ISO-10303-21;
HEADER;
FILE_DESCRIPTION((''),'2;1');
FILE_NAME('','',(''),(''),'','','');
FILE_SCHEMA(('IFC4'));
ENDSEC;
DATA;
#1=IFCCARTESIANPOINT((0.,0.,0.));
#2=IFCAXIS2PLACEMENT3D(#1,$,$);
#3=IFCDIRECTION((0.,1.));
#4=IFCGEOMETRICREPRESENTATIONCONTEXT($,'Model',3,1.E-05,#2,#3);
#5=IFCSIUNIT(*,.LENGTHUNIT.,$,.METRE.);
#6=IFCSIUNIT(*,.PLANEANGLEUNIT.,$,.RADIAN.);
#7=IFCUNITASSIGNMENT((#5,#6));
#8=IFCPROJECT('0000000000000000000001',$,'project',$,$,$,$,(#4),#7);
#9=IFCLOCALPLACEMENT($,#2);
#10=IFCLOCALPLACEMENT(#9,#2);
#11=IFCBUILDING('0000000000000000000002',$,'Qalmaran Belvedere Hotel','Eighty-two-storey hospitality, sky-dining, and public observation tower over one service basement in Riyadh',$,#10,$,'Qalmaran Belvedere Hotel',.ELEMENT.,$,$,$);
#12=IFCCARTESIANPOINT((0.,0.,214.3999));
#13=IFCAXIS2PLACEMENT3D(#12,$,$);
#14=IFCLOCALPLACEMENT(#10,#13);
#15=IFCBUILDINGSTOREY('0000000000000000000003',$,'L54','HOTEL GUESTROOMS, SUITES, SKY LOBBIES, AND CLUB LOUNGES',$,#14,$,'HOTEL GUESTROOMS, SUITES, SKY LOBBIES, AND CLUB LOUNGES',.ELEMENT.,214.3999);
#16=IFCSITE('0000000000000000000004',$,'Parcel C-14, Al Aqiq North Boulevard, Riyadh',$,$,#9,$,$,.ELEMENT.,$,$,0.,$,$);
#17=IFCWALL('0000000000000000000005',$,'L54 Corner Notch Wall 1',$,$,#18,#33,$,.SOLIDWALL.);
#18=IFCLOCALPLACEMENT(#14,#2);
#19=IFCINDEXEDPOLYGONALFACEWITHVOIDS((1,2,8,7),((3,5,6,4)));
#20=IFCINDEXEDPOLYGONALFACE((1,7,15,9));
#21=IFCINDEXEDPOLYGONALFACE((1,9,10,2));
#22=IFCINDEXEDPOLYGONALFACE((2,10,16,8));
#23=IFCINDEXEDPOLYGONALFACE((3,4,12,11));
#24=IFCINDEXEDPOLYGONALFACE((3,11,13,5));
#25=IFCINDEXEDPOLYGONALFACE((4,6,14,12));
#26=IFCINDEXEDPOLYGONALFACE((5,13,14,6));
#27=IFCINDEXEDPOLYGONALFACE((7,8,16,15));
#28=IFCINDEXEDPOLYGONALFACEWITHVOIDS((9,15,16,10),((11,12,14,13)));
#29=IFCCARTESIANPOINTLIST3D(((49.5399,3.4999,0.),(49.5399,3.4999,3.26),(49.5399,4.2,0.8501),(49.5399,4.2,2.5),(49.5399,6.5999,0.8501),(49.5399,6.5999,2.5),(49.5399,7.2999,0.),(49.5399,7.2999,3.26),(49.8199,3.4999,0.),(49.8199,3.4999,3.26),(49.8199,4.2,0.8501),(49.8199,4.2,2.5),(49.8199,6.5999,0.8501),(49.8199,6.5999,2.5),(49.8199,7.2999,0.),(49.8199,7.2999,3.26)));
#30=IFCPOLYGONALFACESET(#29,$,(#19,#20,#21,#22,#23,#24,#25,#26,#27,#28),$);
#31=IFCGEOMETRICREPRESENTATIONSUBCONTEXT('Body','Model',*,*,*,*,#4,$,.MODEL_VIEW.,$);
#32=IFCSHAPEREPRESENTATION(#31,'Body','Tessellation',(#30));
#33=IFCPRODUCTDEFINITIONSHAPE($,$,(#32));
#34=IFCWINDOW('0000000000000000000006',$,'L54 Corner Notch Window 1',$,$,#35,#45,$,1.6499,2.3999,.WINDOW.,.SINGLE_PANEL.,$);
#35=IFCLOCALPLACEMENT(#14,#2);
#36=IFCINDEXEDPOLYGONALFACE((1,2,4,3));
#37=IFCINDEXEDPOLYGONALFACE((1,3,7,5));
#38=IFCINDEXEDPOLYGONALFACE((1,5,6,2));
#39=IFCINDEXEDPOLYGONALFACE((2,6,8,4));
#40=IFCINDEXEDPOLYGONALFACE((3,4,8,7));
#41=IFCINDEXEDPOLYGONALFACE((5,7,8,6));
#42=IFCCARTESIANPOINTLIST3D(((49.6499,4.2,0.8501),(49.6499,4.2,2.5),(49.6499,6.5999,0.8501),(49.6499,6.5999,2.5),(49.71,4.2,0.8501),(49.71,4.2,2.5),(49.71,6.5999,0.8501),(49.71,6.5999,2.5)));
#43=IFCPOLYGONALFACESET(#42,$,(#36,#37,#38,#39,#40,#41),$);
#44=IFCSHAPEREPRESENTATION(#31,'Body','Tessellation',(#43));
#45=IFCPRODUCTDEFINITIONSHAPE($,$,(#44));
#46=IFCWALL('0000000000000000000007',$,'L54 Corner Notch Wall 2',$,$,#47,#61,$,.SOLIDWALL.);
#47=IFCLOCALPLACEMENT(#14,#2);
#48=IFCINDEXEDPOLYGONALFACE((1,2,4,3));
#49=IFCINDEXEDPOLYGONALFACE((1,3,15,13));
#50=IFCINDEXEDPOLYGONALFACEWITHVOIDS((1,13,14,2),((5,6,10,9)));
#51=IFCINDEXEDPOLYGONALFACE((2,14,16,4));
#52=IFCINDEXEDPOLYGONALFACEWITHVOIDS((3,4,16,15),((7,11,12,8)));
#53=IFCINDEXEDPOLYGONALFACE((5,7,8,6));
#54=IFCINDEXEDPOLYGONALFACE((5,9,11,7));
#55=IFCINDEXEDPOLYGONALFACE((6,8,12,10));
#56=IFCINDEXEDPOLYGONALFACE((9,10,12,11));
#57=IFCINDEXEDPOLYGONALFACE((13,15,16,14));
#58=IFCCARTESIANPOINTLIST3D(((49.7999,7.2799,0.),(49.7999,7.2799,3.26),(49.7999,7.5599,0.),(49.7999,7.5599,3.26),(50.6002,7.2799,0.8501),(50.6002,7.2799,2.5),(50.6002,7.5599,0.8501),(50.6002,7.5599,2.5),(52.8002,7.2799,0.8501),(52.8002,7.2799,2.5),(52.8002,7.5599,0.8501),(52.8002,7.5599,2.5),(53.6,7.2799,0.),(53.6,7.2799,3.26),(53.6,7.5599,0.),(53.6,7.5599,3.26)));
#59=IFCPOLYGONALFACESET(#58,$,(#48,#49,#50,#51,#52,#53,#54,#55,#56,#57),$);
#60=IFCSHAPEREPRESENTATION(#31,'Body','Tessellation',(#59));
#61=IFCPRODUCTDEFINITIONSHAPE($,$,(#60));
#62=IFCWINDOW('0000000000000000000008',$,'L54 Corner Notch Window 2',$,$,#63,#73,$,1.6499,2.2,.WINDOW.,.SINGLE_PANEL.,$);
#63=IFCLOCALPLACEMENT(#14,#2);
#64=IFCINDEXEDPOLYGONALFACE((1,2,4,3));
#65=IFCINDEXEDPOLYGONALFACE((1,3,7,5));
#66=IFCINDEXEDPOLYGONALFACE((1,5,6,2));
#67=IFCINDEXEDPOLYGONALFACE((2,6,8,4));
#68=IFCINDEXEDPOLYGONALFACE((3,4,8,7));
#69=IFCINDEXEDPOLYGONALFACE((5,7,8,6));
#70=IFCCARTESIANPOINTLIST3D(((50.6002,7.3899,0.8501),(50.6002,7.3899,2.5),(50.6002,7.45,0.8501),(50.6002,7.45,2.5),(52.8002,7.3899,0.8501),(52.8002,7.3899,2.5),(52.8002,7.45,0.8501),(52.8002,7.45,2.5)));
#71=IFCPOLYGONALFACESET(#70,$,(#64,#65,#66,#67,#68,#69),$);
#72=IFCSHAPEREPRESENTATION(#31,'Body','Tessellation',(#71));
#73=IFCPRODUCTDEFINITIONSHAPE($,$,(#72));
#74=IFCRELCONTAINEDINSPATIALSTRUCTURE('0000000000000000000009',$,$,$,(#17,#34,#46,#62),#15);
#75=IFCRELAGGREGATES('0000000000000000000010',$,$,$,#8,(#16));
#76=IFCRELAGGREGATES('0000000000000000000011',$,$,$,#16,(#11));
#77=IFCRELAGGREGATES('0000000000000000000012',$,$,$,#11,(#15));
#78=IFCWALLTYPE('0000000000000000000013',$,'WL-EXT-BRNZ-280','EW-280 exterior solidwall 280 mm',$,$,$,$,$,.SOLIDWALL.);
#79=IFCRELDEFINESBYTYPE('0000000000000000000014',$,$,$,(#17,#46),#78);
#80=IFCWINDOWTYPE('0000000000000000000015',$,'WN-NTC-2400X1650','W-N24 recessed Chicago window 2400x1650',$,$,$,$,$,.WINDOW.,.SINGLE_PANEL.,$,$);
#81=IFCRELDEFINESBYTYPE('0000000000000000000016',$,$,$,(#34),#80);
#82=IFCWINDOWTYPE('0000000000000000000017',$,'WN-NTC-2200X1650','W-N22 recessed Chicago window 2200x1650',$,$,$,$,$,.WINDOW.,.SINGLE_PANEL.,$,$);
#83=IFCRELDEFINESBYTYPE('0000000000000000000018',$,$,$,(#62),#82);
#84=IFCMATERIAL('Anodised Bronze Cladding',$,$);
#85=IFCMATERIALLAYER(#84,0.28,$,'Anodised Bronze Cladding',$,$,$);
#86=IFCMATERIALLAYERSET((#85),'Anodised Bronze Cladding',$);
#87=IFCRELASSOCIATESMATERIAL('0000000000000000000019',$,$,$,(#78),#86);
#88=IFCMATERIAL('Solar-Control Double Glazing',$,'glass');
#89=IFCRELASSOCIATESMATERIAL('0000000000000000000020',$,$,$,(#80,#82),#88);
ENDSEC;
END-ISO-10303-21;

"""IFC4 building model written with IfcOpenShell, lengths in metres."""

from ifc_helpers import new_model, si_unit, direction, frame, frame_2d, origin, place, context, subcontext, project, spatial, rectangle, extrude, material, layer, layer_set, type_object, element, fill, save


model = new_model("IFC4")

# Units and contexts
model_context = context("Model", 3, precision=1e-05, world=origin(), true_north=direction((0.0, 1.0)))
body_context = subcontext(model_context, "Body", "Model", "MODEL_VIEW")
ifc_project = project(units=[si_unit("LENGTHUNIT", "METRE"), si_unit("PLANEANGLEUNIT", "RADIAN")], contexts=[model_context])

# Site, building, storey
site_placement = place(None, origin())
site = spatial("IfcSite", under=ifc_project, at=site_placement, Name="Parcel C-14, Al Aqiq North Boulevard, Riyadh", CompositionType="ELEMENT", RefElevation=0.0)
building_placement = place(site_placement, origin())
building = spatial("IfcBuilding", under=site, at=building_placement, Name="Qalmaran Belvedere Hotel", Description="Eighty-two-storey hospitality, sky-dining, and public observation tower over one service basement in Riyadh", LongName="Qalmaran Belvedere Hotel", CompositionType="ELEMENT")
storey_placement = place(building_placement, frame((0.0, 0.0, 214.3999)))
storey = spatial("IfcBuildingStorey", under=building, at=storey_placement, Name="L54", Description="HOTEL GUESTROOMS, SUITES, SKY LOBBIES, AND CLUB LOUNGES", LongName="HOTEL GUESTROOMS, SUITES, SKY LOBBIES, AND CLUB LOUNGES", CompositionType="ELEMENT", Elevation=214.3999)

# Shared definitions
ifc_material_1 = material(Name="Solar-Control Double Glazing", Category="glass")

# Walls, openings, windows
ifc_material_2 = material(Name="Anodised Bronze Cladding")
ifc_layer_1 = layer(ifc_material_2, 0.28, Name="Anodised Bronze Cladding")
ifc_layer_set_1 = layer_set([ifc_layer_1], Name="Anodised Bronze Cladding")
wall_type_1 = type_object("IfcWallType", Name="WL-EXT-BRNZ-280", Description="EW-280 exterior solidwall 280 mm", PredefinedType="SOLIDWALL", material=ifc_layer_set_1)
wall_1_placement = place(storey_placement, frame((49.6799, 3.5, 0.0), z_axis=(0.0, 0.0, 1.0), x_axis=(0.0, 1.0, 0.0)))
wall_1 = element("IfcWall", 1, at=wall_1_placement, inside=storey, type_object=wall_type_1, Name="L54 Corner Notch Wall 1", PredefinedType="SOLIDWALL", context=body_context, shape_type="SweptSolid", body=[
    extrude(rectangle(XDim=3.8, YDim=0.28, at=frame_2d((1.8999, 0.0))), origin(), (0.0, 0.0, 1.0), 3.26),
])
opening_1_placement = place(wall_1_placement, frame((0.7, 0.0, 0.8501)))
opening_1 = element("IfcOpeningElement", 2, at=opening_1_placement, cuts=wall_1, PredefinedType="OPENING", context=body_context, shape_type="SweptSolid", body=[
    extrude(rectangle(XDim=2.3999, YDim=1.6499, at=frame_2d((1.2, 0.825))), frame((0.0, 0.1499, 0.0), z_axis=(0.0, -1.0, 0.0), x_axis=(1.0, 0.0, 0.0)), (0.0, 0.0, 1.0), 0.3),
])
window_type_1 = type_object("IfcWindowType", Name="WN-NTC-2400X1650", Description="W-N24 recessed Chicago window 2400x1650", PartitioningType="SINGLE_PANEL", PredefinedType="WINDOW", material=ifc_material_1)
window_1_placement = place(opening_1_placement, origin())
window_1 = element("IfcWindow", 3, at=window_1_placement, inside=storey, type_object=window_type_1, Name="L54 Corner Notch Window 1", OverallHeight=1.6499, OverallWidth=2.3999, PartitioningType="SINGLE_PANEL", PredefinedType="WINDOW", context=body_context, shape_type="SweptSolid", body=[
    extrude(rectangle(XDim=2.3999, YDim=1.6499, at=frame_2d((1.2, 0.825))), frame((0.0, 0.03, 0.0), z_axis=(0.0, -1.0, 0.0), x_axis=(1.0, 0.0, 0.0)), (0.0, 0.0, 1.0), 0.0601),
])
fill(opening_1, window_1)
wall_2_placement = place(storey_placement, frame((49.8, 7.4199, 0.0), z_axis=(0.0, 0.0, 1.0), x_axis=(1.0, 0.0, 0.0)))
wall_2 = element("IfcWall", 4, at=wall_2_placement, inside=storey, type_object=wall_type_1, Name="L54 Corner Notch Wall 2", PredefinedType="SOLIDWALL", context=body_context, shape_type="SweptSolid", body=[
    extrude(rectangle(XDim=3.8, YDim=0.28, at=frame_2d((1.8999, 0.0))), origin(), (0.0, 0.0, 1.0), 3.26),
])
opening_2_placement = place(wall_2_placement, frame((0.8, 0.0, 0.8501)))
opening_2 = element("IfcOpeningElement", 5, at=opening_2_placement, cuts=wall_2, PredefinedType="OPENING", context=body_context, shape_type="SweptSolid", body=[
    extrude(rectangle(XDim=2.2, YDim=1.6499, at=frame_2d((1.1001, 0.825))), frame((0.0, 0.1499, 0.0), z_axis=(0.0, -1.0, 0.0), x_axis=(1.0, 0.0, 0.0)), (0.0, 0.0, 1.0), 0.3),
])
window_type_2 = type_object("IfcWindowType", Name="WN-NTC-2200X1650", Description="W-N22 recessed Chicago window 2200x1650", PartitioningType="SINGLE_PANEL", PredefinedType="WINDOW", material=ifc_material_1)
window_2_placement = place(opening_2_placement, origin())
window_2 = element("IfcWindow", 6, at=window_2_placement, inside=storey, type_object=window_type_2, Name="L54 Corner Notch Window 2", OverallHeight=1.6499, OverallWidth=2.2, PartitioningType="SINGLE_PANEL", PredefinedType="WINDOW", context=body_context, shape_type="SweptSolid", body=[
    extrude(rectangle(XDim=2.2, YDim=1.6499, at=frame_2d((1.1001, 0.825))), frame((0.0, 0.03, 0.0), z_axis=(0.0, -1.0, 0.0), x_axis=(1.0, 0.0, 0.0)), (0.0, 0.0, 1.0), 0.0601),
])
fill(opening_2, window_2)

save(model, "model.ifc")
